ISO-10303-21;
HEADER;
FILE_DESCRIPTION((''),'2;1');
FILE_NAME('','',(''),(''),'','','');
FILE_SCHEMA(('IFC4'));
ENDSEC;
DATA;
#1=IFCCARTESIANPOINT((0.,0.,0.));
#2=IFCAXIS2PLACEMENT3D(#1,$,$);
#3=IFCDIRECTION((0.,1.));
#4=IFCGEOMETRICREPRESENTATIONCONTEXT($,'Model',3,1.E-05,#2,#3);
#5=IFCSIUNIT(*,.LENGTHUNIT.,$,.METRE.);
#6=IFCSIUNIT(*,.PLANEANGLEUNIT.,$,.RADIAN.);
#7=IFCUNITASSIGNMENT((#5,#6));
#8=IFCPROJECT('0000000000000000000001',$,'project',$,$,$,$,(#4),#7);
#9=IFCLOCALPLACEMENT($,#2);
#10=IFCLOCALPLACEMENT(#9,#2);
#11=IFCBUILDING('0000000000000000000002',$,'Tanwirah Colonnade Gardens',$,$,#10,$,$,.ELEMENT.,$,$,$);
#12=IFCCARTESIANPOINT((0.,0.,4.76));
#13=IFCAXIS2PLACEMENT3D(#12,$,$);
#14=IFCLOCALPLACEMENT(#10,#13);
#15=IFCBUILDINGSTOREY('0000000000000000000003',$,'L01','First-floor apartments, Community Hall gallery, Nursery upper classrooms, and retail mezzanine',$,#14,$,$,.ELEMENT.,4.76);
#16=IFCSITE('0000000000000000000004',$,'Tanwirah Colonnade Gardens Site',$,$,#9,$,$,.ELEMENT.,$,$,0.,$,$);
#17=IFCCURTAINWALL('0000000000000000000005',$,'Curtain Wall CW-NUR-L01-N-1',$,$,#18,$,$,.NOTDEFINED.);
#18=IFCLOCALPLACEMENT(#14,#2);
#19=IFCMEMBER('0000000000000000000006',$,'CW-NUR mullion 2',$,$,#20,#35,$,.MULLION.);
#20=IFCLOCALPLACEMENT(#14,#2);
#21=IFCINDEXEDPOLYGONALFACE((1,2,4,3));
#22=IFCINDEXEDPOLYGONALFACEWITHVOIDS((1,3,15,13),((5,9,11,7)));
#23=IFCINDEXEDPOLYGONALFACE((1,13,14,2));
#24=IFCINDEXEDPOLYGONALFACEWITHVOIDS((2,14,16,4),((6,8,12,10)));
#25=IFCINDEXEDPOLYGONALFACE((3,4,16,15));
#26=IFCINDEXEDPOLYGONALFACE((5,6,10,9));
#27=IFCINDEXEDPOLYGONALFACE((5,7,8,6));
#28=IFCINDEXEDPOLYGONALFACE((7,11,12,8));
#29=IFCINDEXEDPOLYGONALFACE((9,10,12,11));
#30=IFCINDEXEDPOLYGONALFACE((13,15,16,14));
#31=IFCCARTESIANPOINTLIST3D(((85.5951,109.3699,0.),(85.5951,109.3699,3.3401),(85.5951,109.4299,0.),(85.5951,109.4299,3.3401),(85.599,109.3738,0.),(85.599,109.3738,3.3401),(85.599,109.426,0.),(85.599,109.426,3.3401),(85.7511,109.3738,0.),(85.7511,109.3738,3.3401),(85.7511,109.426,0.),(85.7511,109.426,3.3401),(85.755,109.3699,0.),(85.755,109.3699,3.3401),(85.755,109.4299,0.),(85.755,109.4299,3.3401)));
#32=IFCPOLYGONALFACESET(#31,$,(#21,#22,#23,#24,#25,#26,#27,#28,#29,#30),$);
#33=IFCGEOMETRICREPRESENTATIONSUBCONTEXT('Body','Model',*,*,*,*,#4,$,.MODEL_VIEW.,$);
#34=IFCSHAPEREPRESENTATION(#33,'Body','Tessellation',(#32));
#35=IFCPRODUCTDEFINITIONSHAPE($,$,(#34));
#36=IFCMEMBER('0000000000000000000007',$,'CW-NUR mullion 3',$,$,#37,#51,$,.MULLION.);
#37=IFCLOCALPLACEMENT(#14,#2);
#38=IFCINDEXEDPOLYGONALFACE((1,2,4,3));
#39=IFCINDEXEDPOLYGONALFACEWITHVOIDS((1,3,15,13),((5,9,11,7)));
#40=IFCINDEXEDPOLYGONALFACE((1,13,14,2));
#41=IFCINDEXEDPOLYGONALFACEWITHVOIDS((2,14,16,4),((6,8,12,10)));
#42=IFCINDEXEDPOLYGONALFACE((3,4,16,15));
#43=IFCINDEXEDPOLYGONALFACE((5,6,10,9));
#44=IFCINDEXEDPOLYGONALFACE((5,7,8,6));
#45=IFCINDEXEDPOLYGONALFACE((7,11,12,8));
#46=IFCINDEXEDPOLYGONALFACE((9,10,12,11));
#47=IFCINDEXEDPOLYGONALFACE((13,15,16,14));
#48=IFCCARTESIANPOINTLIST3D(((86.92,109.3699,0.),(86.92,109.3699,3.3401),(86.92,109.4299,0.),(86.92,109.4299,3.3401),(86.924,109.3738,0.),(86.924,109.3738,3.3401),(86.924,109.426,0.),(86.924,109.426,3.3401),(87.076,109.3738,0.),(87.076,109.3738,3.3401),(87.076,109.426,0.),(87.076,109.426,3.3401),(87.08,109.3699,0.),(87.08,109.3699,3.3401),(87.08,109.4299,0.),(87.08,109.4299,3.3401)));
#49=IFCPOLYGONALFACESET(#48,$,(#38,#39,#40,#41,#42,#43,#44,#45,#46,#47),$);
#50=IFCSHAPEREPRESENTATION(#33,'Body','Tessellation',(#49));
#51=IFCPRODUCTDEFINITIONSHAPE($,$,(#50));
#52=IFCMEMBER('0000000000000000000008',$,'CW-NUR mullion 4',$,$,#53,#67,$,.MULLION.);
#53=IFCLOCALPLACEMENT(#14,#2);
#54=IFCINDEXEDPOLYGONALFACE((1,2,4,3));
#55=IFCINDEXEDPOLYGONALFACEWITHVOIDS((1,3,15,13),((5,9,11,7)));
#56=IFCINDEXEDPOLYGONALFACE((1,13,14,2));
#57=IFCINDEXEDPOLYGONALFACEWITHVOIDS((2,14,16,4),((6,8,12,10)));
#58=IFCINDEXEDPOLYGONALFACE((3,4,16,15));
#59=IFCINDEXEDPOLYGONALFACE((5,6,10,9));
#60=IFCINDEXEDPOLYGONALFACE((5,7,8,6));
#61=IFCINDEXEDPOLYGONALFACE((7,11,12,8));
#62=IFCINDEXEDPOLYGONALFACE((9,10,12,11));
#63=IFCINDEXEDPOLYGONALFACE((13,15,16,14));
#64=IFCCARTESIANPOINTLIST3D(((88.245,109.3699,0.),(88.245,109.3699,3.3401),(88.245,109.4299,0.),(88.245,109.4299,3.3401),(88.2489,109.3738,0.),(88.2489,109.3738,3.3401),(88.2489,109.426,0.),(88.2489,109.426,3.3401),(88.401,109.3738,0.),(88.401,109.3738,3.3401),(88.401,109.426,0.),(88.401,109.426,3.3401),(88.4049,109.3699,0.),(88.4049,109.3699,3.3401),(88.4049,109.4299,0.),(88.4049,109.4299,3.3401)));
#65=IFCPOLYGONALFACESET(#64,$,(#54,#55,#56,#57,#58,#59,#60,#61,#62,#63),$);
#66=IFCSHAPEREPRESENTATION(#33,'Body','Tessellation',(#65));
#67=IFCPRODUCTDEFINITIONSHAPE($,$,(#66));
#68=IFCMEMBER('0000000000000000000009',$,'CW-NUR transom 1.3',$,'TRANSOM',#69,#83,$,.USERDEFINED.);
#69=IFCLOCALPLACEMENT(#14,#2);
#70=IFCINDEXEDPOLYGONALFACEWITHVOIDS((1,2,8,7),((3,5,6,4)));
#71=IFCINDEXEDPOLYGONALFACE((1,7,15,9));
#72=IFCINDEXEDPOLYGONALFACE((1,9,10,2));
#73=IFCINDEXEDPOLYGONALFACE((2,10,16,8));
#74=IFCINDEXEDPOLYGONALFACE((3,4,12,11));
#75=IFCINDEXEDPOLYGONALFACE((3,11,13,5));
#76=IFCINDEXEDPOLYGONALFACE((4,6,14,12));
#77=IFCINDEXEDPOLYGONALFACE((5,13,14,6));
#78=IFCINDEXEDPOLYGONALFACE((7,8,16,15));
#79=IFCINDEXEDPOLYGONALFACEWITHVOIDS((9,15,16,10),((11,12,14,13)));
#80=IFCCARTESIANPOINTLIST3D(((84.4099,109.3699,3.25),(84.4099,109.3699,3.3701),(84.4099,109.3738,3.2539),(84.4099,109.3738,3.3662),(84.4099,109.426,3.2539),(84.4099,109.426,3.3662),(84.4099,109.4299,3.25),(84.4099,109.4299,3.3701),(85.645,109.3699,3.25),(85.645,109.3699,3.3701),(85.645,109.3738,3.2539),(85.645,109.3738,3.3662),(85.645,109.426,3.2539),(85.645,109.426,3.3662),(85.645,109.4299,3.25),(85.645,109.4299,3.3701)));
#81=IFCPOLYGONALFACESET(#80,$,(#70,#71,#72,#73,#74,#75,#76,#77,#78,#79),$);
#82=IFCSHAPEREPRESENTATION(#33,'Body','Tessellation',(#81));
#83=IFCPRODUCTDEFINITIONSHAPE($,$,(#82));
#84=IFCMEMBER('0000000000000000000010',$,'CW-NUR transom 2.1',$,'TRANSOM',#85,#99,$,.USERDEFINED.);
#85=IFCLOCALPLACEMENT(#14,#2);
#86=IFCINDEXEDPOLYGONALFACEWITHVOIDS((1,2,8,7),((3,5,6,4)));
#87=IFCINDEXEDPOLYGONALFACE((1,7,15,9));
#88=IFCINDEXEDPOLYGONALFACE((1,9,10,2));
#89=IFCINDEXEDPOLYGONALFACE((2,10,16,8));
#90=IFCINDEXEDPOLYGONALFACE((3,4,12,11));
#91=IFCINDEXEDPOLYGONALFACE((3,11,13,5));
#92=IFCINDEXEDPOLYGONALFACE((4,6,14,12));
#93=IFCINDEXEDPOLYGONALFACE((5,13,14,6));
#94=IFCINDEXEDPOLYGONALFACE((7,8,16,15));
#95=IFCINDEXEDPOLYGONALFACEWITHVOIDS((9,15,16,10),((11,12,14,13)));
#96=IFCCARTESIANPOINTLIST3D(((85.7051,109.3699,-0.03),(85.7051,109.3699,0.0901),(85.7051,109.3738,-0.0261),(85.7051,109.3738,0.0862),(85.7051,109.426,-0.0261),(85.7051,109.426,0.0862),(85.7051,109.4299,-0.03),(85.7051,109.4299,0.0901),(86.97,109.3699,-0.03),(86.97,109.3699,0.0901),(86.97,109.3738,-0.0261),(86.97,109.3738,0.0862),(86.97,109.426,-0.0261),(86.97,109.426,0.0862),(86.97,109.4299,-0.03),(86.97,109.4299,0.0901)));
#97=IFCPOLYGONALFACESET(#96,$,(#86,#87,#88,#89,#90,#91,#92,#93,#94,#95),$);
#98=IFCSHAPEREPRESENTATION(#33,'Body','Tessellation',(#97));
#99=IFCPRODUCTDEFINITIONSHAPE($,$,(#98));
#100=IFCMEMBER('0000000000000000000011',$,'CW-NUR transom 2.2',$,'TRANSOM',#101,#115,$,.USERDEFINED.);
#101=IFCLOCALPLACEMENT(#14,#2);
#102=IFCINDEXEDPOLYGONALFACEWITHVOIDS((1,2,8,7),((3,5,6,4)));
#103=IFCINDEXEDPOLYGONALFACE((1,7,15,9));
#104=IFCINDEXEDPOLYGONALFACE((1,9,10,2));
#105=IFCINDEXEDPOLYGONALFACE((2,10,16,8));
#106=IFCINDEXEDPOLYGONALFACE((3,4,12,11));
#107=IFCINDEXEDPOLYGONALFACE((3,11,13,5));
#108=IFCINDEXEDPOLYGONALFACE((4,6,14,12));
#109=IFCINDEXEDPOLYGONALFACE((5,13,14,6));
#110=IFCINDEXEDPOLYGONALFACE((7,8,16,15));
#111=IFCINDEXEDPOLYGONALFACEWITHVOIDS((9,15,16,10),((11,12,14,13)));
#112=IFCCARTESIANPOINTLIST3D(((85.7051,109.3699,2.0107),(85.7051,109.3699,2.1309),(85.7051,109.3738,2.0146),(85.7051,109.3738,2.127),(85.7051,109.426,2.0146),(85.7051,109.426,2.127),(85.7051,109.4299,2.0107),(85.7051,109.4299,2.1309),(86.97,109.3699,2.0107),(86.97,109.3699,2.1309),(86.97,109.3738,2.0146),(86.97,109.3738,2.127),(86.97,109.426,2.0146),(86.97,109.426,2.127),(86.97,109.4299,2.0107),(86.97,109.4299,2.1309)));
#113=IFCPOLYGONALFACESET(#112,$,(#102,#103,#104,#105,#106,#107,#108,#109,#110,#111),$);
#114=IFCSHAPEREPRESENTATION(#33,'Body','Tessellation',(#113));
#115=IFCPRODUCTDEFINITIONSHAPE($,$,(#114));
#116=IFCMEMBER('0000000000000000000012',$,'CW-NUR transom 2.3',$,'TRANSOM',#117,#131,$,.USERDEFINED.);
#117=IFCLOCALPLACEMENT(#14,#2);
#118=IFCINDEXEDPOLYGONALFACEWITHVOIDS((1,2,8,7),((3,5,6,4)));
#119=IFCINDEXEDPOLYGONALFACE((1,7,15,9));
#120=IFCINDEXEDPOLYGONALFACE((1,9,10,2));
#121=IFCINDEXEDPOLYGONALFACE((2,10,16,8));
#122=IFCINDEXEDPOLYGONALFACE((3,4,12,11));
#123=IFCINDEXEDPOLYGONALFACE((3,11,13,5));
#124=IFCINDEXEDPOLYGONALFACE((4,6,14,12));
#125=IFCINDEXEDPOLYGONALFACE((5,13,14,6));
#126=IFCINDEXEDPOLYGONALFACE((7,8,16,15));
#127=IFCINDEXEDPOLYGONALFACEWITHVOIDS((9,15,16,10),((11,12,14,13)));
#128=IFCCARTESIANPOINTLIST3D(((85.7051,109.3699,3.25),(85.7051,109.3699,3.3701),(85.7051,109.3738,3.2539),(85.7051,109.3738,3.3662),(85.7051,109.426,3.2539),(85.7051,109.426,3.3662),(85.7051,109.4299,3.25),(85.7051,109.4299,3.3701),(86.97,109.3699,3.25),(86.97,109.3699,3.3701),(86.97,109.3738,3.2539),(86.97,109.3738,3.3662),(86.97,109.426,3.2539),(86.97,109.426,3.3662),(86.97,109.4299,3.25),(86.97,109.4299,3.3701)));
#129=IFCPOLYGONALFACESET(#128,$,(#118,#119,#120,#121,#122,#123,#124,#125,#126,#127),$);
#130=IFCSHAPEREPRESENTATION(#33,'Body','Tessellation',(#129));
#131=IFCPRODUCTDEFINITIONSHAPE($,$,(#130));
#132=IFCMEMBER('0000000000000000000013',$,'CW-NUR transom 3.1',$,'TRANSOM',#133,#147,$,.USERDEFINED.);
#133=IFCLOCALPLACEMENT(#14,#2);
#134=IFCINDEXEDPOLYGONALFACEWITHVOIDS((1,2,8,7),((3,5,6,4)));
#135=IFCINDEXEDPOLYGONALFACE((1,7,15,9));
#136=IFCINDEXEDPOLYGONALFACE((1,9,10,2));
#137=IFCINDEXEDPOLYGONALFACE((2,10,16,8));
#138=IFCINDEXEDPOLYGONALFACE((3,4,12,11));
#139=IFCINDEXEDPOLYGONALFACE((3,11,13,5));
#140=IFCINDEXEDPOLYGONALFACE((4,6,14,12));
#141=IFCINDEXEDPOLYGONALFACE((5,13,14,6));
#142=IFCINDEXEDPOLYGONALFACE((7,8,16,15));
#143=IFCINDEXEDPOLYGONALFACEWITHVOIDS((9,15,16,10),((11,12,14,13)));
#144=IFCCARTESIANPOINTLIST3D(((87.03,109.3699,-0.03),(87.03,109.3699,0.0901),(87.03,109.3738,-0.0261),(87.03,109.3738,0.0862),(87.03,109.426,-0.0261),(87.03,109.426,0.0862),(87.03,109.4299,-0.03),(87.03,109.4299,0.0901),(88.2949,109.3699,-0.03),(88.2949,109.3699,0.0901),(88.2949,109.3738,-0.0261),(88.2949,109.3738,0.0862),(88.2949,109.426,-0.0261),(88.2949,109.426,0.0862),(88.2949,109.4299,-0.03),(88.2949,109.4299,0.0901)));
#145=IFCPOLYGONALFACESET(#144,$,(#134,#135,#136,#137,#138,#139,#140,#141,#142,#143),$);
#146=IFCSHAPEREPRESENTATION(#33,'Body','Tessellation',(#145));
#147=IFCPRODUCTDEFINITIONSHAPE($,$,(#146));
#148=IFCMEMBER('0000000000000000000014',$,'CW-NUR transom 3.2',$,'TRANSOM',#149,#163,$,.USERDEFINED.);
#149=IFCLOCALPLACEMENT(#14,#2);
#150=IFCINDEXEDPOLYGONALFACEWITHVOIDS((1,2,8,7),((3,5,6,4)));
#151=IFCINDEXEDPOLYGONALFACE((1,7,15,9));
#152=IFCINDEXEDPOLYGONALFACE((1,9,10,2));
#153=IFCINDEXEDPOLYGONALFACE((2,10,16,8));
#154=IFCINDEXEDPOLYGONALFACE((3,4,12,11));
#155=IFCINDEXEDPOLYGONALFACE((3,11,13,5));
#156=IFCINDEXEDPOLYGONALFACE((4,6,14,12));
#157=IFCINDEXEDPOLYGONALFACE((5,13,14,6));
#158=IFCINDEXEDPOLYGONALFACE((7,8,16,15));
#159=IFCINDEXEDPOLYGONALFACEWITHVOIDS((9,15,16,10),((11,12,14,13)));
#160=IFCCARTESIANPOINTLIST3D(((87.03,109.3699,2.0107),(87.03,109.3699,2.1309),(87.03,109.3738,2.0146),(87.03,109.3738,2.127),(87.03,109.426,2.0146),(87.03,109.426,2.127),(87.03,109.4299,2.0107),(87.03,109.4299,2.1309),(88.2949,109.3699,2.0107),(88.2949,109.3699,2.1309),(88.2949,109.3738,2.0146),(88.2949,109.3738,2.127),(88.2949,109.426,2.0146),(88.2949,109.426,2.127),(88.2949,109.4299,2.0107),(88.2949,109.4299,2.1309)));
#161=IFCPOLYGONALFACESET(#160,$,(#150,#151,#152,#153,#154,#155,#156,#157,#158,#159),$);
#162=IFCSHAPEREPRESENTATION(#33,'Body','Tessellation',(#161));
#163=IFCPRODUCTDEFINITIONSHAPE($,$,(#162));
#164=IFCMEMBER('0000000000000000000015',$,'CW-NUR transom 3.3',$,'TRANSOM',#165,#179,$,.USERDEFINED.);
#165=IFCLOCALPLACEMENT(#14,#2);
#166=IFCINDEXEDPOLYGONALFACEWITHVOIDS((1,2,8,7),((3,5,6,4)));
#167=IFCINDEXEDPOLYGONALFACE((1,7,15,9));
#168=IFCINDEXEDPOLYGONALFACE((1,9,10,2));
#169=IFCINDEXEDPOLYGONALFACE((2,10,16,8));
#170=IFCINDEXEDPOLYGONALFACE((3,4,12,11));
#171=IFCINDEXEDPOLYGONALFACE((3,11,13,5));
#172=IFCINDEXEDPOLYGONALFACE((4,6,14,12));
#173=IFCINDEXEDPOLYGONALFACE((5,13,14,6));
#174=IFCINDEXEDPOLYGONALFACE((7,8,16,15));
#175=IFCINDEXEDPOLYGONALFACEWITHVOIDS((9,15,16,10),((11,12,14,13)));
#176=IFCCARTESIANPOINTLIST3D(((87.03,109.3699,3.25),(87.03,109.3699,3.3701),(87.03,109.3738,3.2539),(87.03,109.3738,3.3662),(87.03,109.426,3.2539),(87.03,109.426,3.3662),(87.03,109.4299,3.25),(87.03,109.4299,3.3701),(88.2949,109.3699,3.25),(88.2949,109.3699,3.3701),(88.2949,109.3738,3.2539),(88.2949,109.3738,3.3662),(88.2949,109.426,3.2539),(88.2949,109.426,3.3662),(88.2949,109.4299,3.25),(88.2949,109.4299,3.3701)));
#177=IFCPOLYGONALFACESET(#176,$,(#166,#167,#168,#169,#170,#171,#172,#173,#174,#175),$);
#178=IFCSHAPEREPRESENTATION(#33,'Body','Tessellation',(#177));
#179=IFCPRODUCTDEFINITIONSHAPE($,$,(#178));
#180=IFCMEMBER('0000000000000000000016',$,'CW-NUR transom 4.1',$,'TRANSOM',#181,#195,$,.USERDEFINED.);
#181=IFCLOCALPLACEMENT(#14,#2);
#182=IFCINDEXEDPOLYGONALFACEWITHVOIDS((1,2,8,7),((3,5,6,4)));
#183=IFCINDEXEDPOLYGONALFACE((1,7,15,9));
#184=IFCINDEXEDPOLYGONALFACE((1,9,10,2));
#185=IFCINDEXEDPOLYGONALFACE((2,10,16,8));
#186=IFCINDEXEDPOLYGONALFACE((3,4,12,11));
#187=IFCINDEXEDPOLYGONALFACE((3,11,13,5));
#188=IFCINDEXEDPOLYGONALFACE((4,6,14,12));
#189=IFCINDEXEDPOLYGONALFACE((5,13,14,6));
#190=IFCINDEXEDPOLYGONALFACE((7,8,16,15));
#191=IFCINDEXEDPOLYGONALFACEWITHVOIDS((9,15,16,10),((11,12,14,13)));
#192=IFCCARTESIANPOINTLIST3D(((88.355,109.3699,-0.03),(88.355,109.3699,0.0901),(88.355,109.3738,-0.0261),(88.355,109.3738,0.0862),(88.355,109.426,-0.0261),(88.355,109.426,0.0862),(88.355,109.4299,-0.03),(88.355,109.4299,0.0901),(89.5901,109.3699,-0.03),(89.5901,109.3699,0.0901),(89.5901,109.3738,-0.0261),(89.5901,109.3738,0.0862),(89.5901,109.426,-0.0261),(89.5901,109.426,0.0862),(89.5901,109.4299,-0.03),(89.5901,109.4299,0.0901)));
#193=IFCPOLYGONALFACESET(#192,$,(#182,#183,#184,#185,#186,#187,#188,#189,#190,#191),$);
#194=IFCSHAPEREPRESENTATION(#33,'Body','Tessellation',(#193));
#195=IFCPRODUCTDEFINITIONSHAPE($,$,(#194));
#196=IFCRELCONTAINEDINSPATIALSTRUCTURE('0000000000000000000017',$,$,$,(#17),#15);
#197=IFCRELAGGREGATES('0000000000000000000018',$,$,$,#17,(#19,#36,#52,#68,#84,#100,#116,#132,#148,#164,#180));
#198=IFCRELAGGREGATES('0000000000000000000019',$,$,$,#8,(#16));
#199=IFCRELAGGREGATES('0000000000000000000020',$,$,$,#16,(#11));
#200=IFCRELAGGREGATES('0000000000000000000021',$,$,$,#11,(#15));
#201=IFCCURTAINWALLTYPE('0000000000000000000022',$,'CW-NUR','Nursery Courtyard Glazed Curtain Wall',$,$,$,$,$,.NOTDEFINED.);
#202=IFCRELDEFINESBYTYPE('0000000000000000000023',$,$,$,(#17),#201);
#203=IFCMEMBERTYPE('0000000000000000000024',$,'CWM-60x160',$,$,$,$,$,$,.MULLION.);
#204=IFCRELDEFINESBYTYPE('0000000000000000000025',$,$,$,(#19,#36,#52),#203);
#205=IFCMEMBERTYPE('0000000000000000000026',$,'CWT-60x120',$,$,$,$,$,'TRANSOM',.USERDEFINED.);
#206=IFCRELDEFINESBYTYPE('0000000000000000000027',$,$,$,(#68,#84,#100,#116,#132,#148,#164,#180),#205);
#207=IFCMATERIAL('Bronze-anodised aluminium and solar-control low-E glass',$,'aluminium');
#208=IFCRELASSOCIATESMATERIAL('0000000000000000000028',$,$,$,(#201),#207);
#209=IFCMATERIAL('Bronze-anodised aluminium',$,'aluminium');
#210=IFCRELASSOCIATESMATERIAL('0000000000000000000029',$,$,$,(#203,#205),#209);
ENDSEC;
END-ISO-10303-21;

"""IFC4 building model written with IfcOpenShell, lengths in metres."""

from ifc_helpers import new_model, si_unit, direction, frame, origin, origin_2d, place, context, subcontext, project, spatial, hollow_rectangle, extrude, material, material_profile, profile_set, type_object, element, aggregate, save


model = new_model("IFC4")

# Units and contexts
model_context = context("Model", 3, precision=1e-05, world=origin(), true_north=direction((0.0, 1.0)))
body_context = subcontext(model_context, "Body", "Model", "MODEL_VIEW")
ifc_project = project(units=[si_unit("LENGTHUNIT", "METRE"), si_unit("PLANEANGLEUNIT", "RADIAN")], contexts=[model_context])

# Site, building, storey
site_placement = place(None, origin())
site = spatial("IfcSite", under=ifc_project, at=site_placement, Name="Tanwirah Colonnade Gardens Site", CompositionType="ELEMENT", RefElevation=0.0)
building_placement = place(site_placement, origin())
building = spatial("IfcBuilding", under=site, at=building_placement, Name="Tanwirah Colonnade Gardens", CompositionType="ELEMENT")
storey_placement = place(building_placement, frame((0.0, 0.0, 4.76)))
storey = spatial("IfcBuildingStorey", under=building, at=storey_placement, Name="L01", Description="First-floor apartments, Community Hall gallery, Nursery upper classrooms, and retail mezzanine", CompositionType="ELEMENT", Elevation=4.76)

# Curtain wall, members
ifc_material_1 = material(Name="Bronze-anodised aluminium and solar-control low-E glass", Category="aluminium")
curtain_wall_type = type_object("IfcCurtainWallType", Name="CW-NUR", Description="Nursery Courtyard Glazed Curtain Wall", PredefinedType="NOTDEFINED", material=ifc_material_1)
curtain_wall_placement = place(storey_placement, origin())
curtain_wall = element("IfcCurtainWall", 1, at=curtain_wall_placement, inside=storey, type_object=curtain_wall_type, Name="Curtain Wall CW-NUR-L01-N-1", PredefinedType="NOTDEFINED")
ifc_material_2 = material(Name="Bronze-anodised aluminium", Category="aluminium")
ifc_material_profile_1 = material_profile(ifc_material_2, hollow_rectangle(XDim=0.0601, YDim=0.1599, WallThickness=0.0039, at=origin_2d()), Name="CW-MUL 60x160x4")
ifc_profile_set_1 = profile_set([ifc_material_profile_1], Name="Bronze-anodised aluminium")
member_type_1 = type_object("IfcMemberType", Name="CWM-60x160", PredefinedType="MULLION", material=ifc_profile_set_1)
member_1_placement = place(storey_placement, frame((85.675, 109.3999, 0.0), z_axis=(0.0, 0.0, 1.0), x_axis=(0.0, 1.0, 0.0)))
member_1 = element("IfcMember", 2, at=member_1_placement, type_object=member_type_1, Name="CW-NUR mullion 2", PredefinedType="MULLION", context=body_context, shape_type="SweptSolid", body=[
    extrude(hollow_rectangle(XDim=0.0601, YDim=0.1599, WallThickness=0.0039, at=origin_2d()), origin(), (0.0, 0.0, 1.0), 3.3401),
])
member_2_placement = place(storey_placement, frame((87.0, 109.3999, 0.0), z_axis=(0.0, 0.0, 1.0), x_axis=(0.0, 1.0, 0.0)))
member_2 = element("IfcMember", 3, at=member_2_placement, type_object=member_type_1, Name="CW-NUR mullion 3", PredefinedType="MULLION", context=body_context, shape_type="SweptSolid", body=[
    extrude(hollow_rectangle(XDim=0.0601, YDim=0.1599, WallThickness=0.0039, at=origin_2d()), origin(), (0.0, 0.0, 1.0), 3.3401),
])
member_3_placement = place(storey_placement, frame((88.325, 109.3999, 0.0), z_axis=(0.0, 0.0, 1.0), x_axis=(0.0, 1.0, 0.0)))
member_3 = element("IfcMember", 4, at=member_3_placement, type_object=member_type_1, Name="CW-NUR mullion 4", PredefinedType="MULLION", context=body_context, shape_type="SweptSolid", body=[
    extrude(hollow_rectangle(XDim=0.0601, YDim=0.1599, WallThickness=0.0039, at=origin_2d()), origin(), (0.0, 0.0, 1.0), 3.3401),
])
ifc_material_profile_2 = material_profile(ifc_material_2, hollow_rectangle(XDim=0.0601, YDim=0.1201, WallThickness=0.0039, at=origin_2d()), Name="CW-TRN 60x120x4")
ifc_profile_set_2 = profile_set([ifc_material_profile_2], Name="Bronze-anodised aluminium")
member_type_2 = type_object("IfcMemberType", Name="CWT-60x120", ElementType="TRANSOM", PredefinedType="USERDEFINED", material=ifc_profile_set_2)
member_4_placement = place(storey_placement, frame((84.4099, 109.3999, 3.3101), z_axis=(1.0, 0.0, 0.0), x_axis=(0.0, 1.0, 0.0)))
member_4 = element("IfcMember", 5, at=member_4_placement, type_object=member_type_2, Name="CW-NUR transom 1.3", ObjectType="TRANSOM", PredefinedType="USERDEFINED", context=body_context, shape_type="SweptSolid", body=[
    extrude(hollow_rectangle(XDim=0.0601, YDim=0.1201, WallThickness=0.0039, at=origin_2d()), origin(), (0.0, 0.0, 1.0), 1.2351),
])
member_5_placement = place(storey_placement, frame((85.7051, 109.3999, 0.03), z_axis=(1.0, 0.0, 0.0), x_axis=(0.0, 1.0, 0.0)))
member_5 = element("IfcMember", 6, at=member_5_placement, type_object=member_type_2, Name="CW-NUR transom 2.1", ObjectType="TRANSOM", PredefinedType="USERDEFINED", context=body_context, shape_type="SweptSolid", body=[
    extrude(hollow_rectangle(XDim=0.0601, YDim=0.1201, WallThickness=0.0039, at=origin_2d()), origin(), (0.0, 0.0, 1.0), 1.2649),
])
member_6_placement = place(storey_placement, frame((85.7051, 109.3999, 2.0708), z_axis=(1.0, 0.0, 0.0), x_axis=(0.0, 1.0, 0.0)))
member_6 = element("IfcMember", 7, at=member_6_placement, type_object=member_type_2, Name="CW-NUR transom 2.2", ObjectType="TRANSOM", PredefinedType="USERDEFINED", context=body_context, shape_type="SweptSolid", body=[
    extrude(hollow_rectangle(XDim=0.0601, YDim=0.1201, WallThickness=0.0039, at=origin_2d()), origin(), (0.0, 0.0, 1.0), 1.2649),
])
member_7_placement = place(storey_placement, frame((85.7051, 109.3999, 3.3101), z_axis=(1.0, 0.0, 0.0), x_axis=(0.0, 1.0, 0.0)))
member_7 = element("IfcMember", 8, at=member_7_placement, type_object=member_type_2, Name="CW-NUR transom 2.3", ObjectType="TRANSOM", PredefinedType="USERDEFINED", context=body_context, shape_type="SweptSolid", body=[
    extrude(hollow_rectangle(XDim=0.0601, YDim=0.1201, WallThickness=0.0039, at=origin_2d()), origin(), (0.0, 0.0, 1.0), 1.2649),
])
member_8_placement = place(storey_placement, frame((87.03, 109.3999, 0.03), z_axis=(1.0, 0.0, 0.0), x_axis=(0.0, 1.0, 0.0)))
member_8 = element("IfcMember", 9, at=member_8_placement, type_object=member_type_2, Name="CW-NUR transom 3.1", ObjectType="TRANSOM", PredefinedType="USERDEFINED", context=body_context, shape_type="SweptSolid", body=[
    extrude(hollow_rectangle(XDim=0.0601, YDim=0.1201, WallThickness=0.0039, at=origin_2d()), origin(), (0.0, 0.0, 1.0), 1.2649),
])
member_9_placement = place(storey_placement, frame((87.03, 109.3999, 2.0708), z_axis=(1.0, 0.0, 0.0), x_axis=(0.0, 1.0, 0.0)))
member_9 = element("IfcMember", 10, at=member_9_placement, type_object=member_type_2, Name="CW-NUR transom 3.2", ObjectType="TRANSOM", PredefinedType="USERDEFINED", context=body_context, shape_type="SweptSolid", body=[
    extrude(hollow_rectangle(XDim=0.0601, YDim=0.1201, WallThickness=0.0039, at=origin_2d()), origin(), (0.0, 0.0, 1.0), 1.2649),
])
member_10_placement = place(storey_placement, frame((87.03, 109.3999, 3.3101), z_axis=(1.0, 0.0, 0.0), x_axis=(0.0, 1.0, 0.0)))
member_10 = element("IfcMember", 11, at=member_10_placement, type_object=member_type_2, Name="CW-NUR transom 3.3", ObjectType="TRANSOM", PredefinedType="USERDEFINED", context=body_context, shape_type="SweptSolid", body=[
    extrude(hollow_rectangle(XDim=0.0601, YDim=0.1201, WallThickness=0.0039, at=origin_2d()), origin(), (0.0, 0.0, 1.0), 1.2649),
])
member_11_placement = place(storey_placement, frame((88.355, 109.3999, 0.03), z_axis=(1.0, 0.0, 0.0), x_axis=(0.0, 1.0, 0.0)))
member_11 = element("IfcMember", 12, at=member_11_placement, type_object=member_type_2, Name="CW-NUR transom 4.1", ObjectType="TRANSOM", PredefinedType="USERDEFINED", context=body_context, shape_type="SweptSolid", body=[
    extrude(hollow_rectangle(XDim=0.0601, YDim=0.1201, WallThickness=0.0039, at=origin_2d()), origin(), (0.0, 0.0, 1.0), 1.2351),
])
aggregate(curtain_wall, [member_1, member_2, member_3, member_4, member_5, member_6, member_7, member_8, member_9, member_10, member_11])

save(model, "model.ifc")
